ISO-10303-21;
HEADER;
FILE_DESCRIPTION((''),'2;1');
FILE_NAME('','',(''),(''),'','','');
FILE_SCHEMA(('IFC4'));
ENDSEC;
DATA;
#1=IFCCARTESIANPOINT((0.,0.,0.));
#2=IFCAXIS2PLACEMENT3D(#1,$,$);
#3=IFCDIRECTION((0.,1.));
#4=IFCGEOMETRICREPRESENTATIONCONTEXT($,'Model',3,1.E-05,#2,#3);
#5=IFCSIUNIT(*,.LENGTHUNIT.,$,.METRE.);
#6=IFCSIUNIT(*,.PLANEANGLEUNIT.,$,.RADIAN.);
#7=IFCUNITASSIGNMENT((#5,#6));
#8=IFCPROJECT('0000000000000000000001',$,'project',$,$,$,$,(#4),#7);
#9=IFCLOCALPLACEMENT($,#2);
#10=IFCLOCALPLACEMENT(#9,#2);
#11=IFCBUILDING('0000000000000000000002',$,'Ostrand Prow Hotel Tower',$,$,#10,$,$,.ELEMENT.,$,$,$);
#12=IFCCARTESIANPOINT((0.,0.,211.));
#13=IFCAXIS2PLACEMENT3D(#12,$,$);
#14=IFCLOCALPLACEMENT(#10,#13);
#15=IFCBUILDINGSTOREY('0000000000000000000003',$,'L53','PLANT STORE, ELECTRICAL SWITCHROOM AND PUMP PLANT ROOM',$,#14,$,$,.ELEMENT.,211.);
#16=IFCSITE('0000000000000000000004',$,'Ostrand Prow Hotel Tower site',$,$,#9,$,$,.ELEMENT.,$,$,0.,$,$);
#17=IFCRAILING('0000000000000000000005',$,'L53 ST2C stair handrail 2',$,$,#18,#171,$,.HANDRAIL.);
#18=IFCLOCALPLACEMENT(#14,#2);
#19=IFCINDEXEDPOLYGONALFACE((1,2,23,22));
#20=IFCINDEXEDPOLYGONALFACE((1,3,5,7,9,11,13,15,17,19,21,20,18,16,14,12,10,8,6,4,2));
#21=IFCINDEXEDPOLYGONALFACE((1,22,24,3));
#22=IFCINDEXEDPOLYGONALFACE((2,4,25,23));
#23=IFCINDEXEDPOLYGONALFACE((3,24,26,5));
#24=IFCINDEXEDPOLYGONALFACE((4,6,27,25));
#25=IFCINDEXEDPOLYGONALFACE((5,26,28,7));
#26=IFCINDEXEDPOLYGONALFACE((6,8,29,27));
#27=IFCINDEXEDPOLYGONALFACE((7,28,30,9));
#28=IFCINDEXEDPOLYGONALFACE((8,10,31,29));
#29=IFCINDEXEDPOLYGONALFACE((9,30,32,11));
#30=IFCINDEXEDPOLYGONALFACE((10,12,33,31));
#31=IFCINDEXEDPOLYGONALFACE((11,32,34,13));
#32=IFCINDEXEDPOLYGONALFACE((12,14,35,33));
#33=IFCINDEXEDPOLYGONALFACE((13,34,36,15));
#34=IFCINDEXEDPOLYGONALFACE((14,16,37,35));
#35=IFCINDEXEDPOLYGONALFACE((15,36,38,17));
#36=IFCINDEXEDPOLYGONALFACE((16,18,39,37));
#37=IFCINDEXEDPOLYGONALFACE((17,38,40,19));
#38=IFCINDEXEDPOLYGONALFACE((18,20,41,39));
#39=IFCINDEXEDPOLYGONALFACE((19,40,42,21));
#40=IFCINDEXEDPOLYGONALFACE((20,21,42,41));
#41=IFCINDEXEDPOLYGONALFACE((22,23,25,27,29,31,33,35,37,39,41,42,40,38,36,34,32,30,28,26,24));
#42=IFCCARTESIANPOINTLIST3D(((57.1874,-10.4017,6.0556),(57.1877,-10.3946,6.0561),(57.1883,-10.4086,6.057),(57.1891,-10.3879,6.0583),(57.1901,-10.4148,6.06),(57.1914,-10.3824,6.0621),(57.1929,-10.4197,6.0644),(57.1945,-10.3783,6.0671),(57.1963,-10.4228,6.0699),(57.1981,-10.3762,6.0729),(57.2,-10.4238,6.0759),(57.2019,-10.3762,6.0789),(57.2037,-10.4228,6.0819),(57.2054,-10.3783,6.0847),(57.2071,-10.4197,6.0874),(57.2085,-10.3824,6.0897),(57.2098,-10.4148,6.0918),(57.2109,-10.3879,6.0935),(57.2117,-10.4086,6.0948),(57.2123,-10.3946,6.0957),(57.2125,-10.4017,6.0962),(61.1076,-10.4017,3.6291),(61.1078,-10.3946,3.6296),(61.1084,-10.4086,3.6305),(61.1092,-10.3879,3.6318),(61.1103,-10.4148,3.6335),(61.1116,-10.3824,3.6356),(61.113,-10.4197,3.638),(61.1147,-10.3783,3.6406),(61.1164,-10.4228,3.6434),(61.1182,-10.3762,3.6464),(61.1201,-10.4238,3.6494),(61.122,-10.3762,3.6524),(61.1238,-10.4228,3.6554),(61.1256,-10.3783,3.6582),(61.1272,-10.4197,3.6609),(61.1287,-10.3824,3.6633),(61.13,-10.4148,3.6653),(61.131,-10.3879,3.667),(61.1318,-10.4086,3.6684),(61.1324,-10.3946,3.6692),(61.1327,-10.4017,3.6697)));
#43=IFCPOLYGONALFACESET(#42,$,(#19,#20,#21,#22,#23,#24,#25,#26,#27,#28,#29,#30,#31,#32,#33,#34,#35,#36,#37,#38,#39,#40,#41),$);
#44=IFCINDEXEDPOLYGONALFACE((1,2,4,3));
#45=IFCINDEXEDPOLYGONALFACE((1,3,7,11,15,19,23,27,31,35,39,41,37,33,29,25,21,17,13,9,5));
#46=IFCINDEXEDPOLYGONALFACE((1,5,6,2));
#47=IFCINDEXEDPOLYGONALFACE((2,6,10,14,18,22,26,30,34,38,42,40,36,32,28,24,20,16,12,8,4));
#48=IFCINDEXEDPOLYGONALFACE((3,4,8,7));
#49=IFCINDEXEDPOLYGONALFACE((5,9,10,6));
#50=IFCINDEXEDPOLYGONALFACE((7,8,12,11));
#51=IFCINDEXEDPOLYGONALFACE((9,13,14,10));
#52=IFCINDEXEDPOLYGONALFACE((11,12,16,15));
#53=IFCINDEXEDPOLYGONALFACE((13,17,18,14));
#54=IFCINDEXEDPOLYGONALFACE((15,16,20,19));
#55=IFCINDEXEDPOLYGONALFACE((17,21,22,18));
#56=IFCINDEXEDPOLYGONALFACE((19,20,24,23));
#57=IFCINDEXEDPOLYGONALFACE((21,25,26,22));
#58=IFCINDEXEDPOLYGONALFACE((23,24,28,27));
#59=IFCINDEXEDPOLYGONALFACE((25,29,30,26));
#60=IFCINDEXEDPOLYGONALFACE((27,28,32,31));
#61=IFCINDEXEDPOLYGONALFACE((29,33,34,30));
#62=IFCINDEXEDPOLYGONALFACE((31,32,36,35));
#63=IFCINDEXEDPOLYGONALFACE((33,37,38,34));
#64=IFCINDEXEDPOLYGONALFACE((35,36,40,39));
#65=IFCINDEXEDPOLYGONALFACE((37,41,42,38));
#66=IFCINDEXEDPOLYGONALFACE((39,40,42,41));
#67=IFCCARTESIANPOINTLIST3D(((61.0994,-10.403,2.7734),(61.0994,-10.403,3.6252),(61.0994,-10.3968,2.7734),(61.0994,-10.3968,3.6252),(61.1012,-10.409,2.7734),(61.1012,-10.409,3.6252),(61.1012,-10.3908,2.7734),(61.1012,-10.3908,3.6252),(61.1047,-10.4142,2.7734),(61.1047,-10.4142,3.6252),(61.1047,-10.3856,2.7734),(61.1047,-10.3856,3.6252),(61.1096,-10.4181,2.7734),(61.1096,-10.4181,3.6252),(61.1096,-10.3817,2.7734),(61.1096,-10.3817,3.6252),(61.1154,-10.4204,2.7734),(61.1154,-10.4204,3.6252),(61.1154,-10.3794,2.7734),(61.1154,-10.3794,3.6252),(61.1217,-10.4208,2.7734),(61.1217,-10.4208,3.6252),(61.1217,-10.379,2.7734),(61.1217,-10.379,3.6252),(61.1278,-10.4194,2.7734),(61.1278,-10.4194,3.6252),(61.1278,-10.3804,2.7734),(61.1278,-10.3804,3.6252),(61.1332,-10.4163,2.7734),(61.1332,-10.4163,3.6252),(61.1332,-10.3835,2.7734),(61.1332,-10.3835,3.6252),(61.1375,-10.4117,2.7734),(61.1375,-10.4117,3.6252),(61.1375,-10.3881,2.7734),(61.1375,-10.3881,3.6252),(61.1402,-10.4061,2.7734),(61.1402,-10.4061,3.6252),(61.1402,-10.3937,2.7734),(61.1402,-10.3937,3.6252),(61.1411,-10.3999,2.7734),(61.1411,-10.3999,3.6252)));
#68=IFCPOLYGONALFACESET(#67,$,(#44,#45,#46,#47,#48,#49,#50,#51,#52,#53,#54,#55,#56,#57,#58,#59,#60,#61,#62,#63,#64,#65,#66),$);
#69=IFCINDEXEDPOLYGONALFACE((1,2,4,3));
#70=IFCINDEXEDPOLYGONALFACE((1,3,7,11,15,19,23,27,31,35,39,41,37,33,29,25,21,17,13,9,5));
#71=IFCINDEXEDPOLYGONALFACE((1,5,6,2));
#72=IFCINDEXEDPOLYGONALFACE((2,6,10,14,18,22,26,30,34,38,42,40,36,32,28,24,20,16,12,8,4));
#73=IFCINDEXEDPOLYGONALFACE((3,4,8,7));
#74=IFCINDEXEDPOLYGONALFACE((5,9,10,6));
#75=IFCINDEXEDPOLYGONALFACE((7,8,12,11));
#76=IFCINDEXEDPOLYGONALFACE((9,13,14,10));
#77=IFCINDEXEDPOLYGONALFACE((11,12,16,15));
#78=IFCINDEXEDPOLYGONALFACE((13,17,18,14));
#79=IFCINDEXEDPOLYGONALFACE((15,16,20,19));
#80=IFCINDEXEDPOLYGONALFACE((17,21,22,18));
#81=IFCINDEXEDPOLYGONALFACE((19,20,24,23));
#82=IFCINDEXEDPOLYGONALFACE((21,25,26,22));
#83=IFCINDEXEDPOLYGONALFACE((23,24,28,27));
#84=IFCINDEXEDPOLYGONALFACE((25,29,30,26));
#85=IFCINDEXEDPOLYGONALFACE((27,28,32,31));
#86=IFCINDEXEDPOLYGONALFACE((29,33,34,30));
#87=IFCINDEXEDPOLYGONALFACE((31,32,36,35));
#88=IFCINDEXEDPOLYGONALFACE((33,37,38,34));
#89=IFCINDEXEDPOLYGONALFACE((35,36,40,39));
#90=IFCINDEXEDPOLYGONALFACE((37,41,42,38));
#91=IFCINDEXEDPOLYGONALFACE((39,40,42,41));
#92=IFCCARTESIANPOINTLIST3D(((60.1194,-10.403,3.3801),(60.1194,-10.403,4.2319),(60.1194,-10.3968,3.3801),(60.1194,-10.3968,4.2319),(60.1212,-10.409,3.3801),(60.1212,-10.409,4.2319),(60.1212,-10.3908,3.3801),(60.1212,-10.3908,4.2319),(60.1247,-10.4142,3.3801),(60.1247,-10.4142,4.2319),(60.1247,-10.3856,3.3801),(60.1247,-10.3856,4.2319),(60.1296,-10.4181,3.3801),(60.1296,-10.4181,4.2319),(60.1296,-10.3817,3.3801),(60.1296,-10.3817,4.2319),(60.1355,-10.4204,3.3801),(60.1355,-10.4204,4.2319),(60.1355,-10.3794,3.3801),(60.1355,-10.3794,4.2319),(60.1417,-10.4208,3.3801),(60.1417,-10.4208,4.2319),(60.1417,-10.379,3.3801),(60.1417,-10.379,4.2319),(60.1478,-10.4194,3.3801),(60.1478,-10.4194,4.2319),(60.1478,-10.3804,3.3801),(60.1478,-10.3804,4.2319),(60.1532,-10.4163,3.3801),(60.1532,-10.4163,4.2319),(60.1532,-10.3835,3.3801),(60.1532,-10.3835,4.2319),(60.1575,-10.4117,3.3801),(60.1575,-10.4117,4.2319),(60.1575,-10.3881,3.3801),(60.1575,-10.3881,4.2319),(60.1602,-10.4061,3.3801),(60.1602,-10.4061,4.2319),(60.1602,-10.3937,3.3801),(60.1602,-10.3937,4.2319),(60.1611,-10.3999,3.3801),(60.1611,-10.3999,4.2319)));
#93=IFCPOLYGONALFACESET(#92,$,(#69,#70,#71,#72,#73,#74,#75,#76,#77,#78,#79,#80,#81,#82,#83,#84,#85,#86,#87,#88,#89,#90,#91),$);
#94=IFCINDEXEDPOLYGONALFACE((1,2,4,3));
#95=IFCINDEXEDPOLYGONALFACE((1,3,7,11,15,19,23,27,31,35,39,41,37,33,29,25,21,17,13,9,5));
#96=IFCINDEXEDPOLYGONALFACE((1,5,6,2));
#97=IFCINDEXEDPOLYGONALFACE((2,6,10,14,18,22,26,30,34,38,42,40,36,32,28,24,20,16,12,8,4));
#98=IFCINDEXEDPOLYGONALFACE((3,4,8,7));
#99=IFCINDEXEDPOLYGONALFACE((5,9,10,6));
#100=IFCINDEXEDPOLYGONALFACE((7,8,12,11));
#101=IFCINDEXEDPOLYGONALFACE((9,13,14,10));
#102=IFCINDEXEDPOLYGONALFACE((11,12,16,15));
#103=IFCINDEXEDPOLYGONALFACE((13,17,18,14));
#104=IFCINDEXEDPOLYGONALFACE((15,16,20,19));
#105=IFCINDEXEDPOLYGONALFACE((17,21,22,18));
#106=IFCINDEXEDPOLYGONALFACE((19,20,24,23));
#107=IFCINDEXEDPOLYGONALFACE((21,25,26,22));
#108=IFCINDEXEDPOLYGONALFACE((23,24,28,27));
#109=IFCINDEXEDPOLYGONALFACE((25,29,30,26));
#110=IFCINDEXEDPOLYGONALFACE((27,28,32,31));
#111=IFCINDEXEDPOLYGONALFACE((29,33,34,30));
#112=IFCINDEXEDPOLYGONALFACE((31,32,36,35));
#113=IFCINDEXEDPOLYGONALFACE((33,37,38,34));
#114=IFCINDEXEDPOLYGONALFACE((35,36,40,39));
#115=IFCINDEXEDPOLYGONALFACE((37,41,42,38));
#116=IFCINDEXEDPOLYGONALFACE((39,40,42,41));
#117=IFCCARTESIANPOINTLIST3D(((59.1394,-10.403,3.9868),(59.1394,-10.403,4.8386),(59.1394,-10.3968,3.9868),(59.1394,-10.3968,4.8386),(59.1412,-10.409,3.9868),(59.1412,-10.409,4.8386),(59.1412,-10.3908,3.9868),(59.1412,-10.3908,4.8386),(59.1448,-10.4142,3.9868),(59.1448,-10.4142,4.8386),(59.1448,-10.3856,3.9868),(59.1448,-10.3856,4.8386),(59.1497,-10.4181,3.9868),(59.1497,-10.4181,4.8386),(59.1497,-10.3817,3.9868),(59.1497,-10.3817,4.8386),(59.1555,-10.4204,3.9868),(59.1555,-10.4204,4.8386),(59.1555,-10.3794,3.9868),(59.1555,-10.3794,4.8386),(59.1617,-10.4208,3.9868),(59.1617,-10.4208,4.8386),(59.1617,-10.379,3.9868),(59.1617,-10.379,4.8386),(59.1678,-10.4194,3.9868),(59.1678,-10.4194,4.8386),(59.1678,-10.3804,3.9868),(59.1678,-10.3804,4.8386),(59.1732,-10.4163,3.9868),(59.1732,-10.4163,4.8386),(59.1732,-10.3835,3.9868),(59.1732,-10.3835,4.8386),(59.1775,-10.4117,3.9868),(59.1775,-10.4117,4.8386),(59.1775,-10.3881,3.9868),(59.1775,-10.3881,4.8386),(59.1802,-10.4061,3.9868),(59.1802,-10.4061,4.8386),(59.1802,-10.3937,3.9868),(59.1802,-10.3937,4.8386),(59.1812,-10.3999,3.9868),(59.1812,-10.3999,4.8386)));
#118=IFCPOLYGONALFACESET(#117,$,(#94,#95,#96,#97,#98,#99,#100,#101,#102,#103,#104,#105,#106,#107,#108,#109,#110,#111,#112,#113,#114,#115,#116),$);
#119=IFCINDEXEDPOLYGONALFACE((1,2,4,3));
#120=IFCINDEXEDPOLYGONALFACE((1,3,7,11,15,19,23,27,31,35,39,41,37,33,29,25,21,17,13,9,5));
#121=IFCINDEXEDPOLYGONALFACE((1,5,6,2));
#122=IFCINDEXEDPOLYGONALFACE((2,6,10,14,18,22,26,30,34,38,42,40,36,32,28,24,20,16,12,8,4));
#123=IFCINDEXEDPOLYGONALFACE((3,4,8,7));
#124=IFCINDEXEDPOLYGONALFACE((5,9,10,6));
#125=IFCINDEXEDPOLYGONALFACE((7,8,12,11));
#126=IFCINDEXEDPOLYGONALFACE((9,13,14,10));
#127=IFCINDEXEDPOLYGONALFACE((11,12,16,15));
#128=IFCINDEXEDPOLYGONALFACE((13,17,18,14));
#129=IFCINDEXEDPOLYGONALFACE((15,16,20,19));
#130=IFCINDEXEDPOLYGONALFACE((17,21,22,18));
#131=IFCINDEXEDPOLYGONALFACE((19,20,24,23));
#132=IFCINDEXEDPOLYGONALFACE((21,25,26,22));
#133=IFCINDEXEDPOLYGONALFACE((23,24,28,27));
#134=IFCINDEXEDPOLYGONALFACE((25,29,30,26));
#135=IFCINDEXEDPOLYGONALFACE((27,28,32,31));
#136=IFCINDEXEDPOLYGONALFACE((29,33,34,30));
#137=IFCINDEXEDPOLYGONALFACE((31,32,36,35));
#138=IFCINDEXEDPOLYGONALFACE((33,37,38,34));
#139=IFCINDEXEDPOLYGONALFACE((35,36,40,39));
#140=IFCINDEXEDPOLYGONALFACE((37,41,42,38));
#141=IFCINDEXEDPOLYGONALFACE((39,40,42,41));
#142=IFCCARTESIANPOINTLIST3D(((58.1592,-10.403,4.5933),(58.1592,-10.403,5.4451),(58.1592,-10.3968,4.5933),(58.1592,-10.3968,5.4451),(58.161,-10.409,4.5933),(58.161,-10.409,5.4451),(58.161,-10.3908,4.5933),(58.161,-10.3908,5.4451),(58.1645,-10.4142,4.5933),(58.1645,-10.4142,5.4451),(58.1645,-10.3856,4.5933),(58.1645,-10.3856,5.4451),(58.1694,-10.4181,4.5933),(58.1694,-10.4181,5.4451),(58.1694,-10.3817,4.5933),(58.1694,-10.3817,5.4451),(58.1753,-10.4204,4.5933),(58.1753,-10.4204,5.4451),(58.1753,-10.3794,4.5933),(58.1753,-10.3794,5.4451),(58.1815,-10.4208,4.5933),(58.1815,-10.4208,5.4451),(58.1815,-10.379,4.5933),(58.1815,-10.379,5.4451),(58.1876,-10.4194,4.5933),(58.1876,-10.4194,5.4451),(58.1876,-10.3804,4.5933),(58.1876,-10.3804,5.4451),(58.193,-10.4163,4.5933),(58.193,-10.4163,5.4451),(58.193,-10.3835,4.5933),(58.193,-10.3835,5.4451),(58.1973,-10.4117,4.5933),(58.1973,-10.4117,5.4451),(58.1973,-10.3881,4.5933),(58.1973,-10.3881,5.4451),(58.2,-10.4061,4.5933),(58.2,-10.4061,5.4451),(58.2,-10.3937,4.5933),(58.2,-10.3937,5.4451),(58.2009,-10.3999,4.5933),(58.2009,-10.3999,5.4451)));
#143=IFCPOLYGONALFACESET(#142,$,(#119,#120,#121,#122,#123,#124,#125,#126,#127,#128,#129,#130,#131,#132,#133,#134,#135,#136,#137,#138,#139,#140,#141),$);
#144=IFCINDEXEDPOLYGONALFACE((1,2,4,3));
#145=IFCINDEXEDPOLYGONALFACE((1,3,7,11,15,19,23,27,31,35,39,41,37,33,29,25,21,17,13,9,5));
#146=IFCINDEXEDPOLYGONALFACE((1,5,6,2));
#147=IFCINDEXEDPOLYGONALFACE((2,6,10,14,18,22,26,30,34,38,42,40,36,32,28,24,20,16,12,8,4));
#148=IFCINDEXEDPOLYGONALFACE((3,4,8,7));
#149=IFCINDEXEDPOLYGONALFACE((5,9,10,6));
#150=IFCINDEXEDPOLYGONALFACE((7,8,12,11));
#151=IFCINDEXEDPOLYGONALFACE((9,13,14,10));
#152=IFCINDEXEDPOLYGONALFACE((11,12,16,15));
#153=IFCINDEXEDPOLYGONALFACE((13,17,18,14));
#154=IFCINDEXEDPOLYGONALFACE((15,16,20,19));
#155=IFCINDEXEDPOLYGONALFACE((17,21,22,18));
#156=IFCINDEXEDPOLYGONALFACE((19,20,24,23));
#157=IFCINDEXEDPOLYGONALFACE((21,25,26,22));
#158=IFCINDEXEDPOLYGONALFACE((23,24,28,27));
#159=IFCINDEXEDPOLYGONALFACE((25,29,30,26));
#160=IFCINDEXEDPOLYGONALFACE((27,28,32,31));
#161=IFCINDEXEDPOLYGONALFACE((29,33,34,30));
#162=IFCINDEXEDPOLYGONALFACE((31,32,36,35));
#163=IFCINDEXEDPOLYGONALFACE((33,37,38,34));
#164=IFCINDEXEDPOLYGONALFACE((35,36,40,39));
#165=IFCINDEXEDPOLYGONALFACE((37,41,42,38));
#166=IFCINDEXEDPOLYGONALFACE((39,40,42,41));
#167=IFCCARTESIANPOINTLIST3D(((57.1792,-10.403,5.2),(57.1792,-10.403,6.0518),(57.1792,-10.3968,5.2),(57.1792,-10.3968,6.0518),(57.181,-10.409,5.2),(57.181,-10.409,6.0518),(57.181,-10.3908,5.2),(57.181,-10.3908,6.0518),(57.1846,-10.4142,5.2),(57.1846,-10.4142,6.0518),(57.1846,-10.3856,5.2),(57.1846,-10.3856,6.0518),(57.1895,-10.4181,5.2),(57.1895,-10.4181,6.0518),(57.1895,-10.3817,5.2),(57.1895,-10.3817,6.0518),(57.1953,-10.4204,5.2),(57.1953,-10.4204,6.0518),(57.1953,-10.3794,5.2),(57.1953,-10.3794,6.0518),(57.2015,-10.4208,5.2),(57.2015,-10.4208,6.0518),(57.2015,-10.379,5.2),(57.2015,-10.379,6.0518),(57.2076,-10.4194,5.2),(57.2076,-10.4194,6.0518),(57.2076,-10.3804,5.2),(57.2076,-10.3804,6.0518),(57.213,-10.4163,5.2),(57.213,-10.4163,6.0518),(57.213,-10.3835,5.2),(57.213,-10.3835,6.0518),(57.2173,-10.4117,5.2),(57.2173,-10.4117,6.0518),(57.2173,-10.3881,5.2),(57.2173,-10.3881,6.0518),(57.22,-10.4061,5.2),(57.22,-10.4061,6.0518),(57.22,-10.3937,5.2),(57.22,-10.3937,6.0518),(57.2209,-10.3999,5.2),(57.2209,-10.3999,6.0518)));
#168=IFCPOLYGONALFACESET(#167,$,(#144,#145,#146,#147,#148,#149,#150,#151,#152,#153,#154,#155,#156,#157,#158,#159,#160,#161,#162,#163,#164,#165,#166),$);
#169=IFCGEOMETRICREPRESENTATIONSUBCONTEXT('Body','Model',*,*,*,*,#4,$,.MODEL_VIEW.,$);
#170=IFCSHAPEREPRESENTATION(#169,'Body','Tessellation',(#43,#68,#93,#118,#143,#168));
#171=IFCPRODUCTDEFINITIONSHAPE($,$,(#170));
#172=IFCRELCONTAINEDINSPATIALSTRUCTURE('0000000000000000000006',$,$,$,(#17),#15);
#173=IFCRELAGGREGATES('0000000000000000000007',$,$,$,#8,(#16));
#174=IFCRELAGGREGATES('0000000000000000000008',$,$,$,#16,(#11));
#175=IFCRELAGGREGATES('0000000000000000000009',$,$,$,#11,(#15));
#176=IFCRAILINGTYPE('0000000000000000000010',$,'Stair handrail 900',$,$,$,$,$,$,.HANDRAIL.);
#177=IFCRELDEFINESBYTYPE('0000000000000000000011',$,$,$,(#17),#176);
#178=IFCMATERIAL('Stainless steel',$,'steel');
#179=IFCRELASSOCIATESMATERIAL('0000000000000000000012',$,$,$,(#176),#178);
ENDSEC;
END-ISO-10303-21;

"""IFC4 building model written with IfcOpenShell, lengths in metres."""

from ifc_helpers import new_model, si_unit, direction, frame, origin, origin_2d, place, context, subcontext, project, spatial, circle, extrude, material, type_object, element, save


model = new_model("IFC4")

# Units and contexts
model_context = context("Model", 3, precision=1e-05, world=origin(), true_north=direction((0.0, 1.0)))
body_context = subcontext(model_context, "Body", "Model", "MODEL_VIEW")
ifc_project = project(units=[si_unit("LENGTHUNIT", "METRE"), si_unit("PLANEANGLEUNIT", "RADIAN")], contexts=[model_context])

# Site, building, storey
site_placement = place(None, origin())
site = spatial("IfcSite", under=ifc_project, at=site_placement, Name="Ostrand Prow Hotel Tower site", CompositionType="ELEMENT", RefElevation=0.0)
building_placement = place(site_placement, origin())
building = spatial("IfcBuilding", under=site, at=building_placement, Name="Ostrand Prow Hotel Tower", CompositionType="ELEMENT")
storey_placement = place(building_placement, frame((0.0, 0.0, 211.0)))
storey = spatial("IfcBuildingStorey", under=building, at=storey_placement, Name="L53", Description="PLANT STORE, ELECTRICAL SWITCHROOM AND PUMP PLANT ROOM", CompositionType="ELEMENT", Elevation=211.0)

# Railing
ifc_material_1 = material(Name="Stainless steel", Category="steel")
railing_type_1 = type_object("IfcRailingType", Name="Stair handrail 900", PredefinedType="HANDRAIL", material=ifc_material_1)
railing_1_placement = place(storey_placement, frame((61.1201, -10.3999, 2.7734)))
element("IfcRailing", 1, at=railing_1_placement, inside=storey, type_object=railing_type_1, Name="L53 ST2C stair handrail 2", PredefinedType="HANDRAIL", context=body_context, shape_type="SweptSolid", body=[
    extrude(circle(Radius=0.0239, at=origin_2d()), frame((0.0, 0.0, 0.876), z_axis=(-0.85029, 0.0, 0.526315), x_axis=(0.0, -1.0, 0.0)), (0.0, 0.0, 1.0), 4.6104),
    extrude(circle(Radius=0.021, at=origin_2d()), origin(), (0.0, 0.0, 1.0), 0.8518),
    extrude(circle(Radius=0.021, at=origin_2d()), frame((-0.98, 0.0, 0.6067)), (0.0, 0.0, 1.0), 0.8518),
    extrude(circle(Radius=0.021, at=origin_2d()), frame((-1.96, 0.0, 1.2134)), (0.0, 0.0, 1.0), 0.8518),
    extrude(circle(Radius=0.021, at=origin_2d()), frame((-2.9402, 0.0, 1.8198)), (0.0, 0.0, 1.0), 0.8518),
    extrude(circle(Radius=0.021, at=origin_2d()), frame((-3.9202, 0.0, 2.4265)), (0.0, 0.0, 1.0), 0.8518),
])

save(model, "model.ifc")
